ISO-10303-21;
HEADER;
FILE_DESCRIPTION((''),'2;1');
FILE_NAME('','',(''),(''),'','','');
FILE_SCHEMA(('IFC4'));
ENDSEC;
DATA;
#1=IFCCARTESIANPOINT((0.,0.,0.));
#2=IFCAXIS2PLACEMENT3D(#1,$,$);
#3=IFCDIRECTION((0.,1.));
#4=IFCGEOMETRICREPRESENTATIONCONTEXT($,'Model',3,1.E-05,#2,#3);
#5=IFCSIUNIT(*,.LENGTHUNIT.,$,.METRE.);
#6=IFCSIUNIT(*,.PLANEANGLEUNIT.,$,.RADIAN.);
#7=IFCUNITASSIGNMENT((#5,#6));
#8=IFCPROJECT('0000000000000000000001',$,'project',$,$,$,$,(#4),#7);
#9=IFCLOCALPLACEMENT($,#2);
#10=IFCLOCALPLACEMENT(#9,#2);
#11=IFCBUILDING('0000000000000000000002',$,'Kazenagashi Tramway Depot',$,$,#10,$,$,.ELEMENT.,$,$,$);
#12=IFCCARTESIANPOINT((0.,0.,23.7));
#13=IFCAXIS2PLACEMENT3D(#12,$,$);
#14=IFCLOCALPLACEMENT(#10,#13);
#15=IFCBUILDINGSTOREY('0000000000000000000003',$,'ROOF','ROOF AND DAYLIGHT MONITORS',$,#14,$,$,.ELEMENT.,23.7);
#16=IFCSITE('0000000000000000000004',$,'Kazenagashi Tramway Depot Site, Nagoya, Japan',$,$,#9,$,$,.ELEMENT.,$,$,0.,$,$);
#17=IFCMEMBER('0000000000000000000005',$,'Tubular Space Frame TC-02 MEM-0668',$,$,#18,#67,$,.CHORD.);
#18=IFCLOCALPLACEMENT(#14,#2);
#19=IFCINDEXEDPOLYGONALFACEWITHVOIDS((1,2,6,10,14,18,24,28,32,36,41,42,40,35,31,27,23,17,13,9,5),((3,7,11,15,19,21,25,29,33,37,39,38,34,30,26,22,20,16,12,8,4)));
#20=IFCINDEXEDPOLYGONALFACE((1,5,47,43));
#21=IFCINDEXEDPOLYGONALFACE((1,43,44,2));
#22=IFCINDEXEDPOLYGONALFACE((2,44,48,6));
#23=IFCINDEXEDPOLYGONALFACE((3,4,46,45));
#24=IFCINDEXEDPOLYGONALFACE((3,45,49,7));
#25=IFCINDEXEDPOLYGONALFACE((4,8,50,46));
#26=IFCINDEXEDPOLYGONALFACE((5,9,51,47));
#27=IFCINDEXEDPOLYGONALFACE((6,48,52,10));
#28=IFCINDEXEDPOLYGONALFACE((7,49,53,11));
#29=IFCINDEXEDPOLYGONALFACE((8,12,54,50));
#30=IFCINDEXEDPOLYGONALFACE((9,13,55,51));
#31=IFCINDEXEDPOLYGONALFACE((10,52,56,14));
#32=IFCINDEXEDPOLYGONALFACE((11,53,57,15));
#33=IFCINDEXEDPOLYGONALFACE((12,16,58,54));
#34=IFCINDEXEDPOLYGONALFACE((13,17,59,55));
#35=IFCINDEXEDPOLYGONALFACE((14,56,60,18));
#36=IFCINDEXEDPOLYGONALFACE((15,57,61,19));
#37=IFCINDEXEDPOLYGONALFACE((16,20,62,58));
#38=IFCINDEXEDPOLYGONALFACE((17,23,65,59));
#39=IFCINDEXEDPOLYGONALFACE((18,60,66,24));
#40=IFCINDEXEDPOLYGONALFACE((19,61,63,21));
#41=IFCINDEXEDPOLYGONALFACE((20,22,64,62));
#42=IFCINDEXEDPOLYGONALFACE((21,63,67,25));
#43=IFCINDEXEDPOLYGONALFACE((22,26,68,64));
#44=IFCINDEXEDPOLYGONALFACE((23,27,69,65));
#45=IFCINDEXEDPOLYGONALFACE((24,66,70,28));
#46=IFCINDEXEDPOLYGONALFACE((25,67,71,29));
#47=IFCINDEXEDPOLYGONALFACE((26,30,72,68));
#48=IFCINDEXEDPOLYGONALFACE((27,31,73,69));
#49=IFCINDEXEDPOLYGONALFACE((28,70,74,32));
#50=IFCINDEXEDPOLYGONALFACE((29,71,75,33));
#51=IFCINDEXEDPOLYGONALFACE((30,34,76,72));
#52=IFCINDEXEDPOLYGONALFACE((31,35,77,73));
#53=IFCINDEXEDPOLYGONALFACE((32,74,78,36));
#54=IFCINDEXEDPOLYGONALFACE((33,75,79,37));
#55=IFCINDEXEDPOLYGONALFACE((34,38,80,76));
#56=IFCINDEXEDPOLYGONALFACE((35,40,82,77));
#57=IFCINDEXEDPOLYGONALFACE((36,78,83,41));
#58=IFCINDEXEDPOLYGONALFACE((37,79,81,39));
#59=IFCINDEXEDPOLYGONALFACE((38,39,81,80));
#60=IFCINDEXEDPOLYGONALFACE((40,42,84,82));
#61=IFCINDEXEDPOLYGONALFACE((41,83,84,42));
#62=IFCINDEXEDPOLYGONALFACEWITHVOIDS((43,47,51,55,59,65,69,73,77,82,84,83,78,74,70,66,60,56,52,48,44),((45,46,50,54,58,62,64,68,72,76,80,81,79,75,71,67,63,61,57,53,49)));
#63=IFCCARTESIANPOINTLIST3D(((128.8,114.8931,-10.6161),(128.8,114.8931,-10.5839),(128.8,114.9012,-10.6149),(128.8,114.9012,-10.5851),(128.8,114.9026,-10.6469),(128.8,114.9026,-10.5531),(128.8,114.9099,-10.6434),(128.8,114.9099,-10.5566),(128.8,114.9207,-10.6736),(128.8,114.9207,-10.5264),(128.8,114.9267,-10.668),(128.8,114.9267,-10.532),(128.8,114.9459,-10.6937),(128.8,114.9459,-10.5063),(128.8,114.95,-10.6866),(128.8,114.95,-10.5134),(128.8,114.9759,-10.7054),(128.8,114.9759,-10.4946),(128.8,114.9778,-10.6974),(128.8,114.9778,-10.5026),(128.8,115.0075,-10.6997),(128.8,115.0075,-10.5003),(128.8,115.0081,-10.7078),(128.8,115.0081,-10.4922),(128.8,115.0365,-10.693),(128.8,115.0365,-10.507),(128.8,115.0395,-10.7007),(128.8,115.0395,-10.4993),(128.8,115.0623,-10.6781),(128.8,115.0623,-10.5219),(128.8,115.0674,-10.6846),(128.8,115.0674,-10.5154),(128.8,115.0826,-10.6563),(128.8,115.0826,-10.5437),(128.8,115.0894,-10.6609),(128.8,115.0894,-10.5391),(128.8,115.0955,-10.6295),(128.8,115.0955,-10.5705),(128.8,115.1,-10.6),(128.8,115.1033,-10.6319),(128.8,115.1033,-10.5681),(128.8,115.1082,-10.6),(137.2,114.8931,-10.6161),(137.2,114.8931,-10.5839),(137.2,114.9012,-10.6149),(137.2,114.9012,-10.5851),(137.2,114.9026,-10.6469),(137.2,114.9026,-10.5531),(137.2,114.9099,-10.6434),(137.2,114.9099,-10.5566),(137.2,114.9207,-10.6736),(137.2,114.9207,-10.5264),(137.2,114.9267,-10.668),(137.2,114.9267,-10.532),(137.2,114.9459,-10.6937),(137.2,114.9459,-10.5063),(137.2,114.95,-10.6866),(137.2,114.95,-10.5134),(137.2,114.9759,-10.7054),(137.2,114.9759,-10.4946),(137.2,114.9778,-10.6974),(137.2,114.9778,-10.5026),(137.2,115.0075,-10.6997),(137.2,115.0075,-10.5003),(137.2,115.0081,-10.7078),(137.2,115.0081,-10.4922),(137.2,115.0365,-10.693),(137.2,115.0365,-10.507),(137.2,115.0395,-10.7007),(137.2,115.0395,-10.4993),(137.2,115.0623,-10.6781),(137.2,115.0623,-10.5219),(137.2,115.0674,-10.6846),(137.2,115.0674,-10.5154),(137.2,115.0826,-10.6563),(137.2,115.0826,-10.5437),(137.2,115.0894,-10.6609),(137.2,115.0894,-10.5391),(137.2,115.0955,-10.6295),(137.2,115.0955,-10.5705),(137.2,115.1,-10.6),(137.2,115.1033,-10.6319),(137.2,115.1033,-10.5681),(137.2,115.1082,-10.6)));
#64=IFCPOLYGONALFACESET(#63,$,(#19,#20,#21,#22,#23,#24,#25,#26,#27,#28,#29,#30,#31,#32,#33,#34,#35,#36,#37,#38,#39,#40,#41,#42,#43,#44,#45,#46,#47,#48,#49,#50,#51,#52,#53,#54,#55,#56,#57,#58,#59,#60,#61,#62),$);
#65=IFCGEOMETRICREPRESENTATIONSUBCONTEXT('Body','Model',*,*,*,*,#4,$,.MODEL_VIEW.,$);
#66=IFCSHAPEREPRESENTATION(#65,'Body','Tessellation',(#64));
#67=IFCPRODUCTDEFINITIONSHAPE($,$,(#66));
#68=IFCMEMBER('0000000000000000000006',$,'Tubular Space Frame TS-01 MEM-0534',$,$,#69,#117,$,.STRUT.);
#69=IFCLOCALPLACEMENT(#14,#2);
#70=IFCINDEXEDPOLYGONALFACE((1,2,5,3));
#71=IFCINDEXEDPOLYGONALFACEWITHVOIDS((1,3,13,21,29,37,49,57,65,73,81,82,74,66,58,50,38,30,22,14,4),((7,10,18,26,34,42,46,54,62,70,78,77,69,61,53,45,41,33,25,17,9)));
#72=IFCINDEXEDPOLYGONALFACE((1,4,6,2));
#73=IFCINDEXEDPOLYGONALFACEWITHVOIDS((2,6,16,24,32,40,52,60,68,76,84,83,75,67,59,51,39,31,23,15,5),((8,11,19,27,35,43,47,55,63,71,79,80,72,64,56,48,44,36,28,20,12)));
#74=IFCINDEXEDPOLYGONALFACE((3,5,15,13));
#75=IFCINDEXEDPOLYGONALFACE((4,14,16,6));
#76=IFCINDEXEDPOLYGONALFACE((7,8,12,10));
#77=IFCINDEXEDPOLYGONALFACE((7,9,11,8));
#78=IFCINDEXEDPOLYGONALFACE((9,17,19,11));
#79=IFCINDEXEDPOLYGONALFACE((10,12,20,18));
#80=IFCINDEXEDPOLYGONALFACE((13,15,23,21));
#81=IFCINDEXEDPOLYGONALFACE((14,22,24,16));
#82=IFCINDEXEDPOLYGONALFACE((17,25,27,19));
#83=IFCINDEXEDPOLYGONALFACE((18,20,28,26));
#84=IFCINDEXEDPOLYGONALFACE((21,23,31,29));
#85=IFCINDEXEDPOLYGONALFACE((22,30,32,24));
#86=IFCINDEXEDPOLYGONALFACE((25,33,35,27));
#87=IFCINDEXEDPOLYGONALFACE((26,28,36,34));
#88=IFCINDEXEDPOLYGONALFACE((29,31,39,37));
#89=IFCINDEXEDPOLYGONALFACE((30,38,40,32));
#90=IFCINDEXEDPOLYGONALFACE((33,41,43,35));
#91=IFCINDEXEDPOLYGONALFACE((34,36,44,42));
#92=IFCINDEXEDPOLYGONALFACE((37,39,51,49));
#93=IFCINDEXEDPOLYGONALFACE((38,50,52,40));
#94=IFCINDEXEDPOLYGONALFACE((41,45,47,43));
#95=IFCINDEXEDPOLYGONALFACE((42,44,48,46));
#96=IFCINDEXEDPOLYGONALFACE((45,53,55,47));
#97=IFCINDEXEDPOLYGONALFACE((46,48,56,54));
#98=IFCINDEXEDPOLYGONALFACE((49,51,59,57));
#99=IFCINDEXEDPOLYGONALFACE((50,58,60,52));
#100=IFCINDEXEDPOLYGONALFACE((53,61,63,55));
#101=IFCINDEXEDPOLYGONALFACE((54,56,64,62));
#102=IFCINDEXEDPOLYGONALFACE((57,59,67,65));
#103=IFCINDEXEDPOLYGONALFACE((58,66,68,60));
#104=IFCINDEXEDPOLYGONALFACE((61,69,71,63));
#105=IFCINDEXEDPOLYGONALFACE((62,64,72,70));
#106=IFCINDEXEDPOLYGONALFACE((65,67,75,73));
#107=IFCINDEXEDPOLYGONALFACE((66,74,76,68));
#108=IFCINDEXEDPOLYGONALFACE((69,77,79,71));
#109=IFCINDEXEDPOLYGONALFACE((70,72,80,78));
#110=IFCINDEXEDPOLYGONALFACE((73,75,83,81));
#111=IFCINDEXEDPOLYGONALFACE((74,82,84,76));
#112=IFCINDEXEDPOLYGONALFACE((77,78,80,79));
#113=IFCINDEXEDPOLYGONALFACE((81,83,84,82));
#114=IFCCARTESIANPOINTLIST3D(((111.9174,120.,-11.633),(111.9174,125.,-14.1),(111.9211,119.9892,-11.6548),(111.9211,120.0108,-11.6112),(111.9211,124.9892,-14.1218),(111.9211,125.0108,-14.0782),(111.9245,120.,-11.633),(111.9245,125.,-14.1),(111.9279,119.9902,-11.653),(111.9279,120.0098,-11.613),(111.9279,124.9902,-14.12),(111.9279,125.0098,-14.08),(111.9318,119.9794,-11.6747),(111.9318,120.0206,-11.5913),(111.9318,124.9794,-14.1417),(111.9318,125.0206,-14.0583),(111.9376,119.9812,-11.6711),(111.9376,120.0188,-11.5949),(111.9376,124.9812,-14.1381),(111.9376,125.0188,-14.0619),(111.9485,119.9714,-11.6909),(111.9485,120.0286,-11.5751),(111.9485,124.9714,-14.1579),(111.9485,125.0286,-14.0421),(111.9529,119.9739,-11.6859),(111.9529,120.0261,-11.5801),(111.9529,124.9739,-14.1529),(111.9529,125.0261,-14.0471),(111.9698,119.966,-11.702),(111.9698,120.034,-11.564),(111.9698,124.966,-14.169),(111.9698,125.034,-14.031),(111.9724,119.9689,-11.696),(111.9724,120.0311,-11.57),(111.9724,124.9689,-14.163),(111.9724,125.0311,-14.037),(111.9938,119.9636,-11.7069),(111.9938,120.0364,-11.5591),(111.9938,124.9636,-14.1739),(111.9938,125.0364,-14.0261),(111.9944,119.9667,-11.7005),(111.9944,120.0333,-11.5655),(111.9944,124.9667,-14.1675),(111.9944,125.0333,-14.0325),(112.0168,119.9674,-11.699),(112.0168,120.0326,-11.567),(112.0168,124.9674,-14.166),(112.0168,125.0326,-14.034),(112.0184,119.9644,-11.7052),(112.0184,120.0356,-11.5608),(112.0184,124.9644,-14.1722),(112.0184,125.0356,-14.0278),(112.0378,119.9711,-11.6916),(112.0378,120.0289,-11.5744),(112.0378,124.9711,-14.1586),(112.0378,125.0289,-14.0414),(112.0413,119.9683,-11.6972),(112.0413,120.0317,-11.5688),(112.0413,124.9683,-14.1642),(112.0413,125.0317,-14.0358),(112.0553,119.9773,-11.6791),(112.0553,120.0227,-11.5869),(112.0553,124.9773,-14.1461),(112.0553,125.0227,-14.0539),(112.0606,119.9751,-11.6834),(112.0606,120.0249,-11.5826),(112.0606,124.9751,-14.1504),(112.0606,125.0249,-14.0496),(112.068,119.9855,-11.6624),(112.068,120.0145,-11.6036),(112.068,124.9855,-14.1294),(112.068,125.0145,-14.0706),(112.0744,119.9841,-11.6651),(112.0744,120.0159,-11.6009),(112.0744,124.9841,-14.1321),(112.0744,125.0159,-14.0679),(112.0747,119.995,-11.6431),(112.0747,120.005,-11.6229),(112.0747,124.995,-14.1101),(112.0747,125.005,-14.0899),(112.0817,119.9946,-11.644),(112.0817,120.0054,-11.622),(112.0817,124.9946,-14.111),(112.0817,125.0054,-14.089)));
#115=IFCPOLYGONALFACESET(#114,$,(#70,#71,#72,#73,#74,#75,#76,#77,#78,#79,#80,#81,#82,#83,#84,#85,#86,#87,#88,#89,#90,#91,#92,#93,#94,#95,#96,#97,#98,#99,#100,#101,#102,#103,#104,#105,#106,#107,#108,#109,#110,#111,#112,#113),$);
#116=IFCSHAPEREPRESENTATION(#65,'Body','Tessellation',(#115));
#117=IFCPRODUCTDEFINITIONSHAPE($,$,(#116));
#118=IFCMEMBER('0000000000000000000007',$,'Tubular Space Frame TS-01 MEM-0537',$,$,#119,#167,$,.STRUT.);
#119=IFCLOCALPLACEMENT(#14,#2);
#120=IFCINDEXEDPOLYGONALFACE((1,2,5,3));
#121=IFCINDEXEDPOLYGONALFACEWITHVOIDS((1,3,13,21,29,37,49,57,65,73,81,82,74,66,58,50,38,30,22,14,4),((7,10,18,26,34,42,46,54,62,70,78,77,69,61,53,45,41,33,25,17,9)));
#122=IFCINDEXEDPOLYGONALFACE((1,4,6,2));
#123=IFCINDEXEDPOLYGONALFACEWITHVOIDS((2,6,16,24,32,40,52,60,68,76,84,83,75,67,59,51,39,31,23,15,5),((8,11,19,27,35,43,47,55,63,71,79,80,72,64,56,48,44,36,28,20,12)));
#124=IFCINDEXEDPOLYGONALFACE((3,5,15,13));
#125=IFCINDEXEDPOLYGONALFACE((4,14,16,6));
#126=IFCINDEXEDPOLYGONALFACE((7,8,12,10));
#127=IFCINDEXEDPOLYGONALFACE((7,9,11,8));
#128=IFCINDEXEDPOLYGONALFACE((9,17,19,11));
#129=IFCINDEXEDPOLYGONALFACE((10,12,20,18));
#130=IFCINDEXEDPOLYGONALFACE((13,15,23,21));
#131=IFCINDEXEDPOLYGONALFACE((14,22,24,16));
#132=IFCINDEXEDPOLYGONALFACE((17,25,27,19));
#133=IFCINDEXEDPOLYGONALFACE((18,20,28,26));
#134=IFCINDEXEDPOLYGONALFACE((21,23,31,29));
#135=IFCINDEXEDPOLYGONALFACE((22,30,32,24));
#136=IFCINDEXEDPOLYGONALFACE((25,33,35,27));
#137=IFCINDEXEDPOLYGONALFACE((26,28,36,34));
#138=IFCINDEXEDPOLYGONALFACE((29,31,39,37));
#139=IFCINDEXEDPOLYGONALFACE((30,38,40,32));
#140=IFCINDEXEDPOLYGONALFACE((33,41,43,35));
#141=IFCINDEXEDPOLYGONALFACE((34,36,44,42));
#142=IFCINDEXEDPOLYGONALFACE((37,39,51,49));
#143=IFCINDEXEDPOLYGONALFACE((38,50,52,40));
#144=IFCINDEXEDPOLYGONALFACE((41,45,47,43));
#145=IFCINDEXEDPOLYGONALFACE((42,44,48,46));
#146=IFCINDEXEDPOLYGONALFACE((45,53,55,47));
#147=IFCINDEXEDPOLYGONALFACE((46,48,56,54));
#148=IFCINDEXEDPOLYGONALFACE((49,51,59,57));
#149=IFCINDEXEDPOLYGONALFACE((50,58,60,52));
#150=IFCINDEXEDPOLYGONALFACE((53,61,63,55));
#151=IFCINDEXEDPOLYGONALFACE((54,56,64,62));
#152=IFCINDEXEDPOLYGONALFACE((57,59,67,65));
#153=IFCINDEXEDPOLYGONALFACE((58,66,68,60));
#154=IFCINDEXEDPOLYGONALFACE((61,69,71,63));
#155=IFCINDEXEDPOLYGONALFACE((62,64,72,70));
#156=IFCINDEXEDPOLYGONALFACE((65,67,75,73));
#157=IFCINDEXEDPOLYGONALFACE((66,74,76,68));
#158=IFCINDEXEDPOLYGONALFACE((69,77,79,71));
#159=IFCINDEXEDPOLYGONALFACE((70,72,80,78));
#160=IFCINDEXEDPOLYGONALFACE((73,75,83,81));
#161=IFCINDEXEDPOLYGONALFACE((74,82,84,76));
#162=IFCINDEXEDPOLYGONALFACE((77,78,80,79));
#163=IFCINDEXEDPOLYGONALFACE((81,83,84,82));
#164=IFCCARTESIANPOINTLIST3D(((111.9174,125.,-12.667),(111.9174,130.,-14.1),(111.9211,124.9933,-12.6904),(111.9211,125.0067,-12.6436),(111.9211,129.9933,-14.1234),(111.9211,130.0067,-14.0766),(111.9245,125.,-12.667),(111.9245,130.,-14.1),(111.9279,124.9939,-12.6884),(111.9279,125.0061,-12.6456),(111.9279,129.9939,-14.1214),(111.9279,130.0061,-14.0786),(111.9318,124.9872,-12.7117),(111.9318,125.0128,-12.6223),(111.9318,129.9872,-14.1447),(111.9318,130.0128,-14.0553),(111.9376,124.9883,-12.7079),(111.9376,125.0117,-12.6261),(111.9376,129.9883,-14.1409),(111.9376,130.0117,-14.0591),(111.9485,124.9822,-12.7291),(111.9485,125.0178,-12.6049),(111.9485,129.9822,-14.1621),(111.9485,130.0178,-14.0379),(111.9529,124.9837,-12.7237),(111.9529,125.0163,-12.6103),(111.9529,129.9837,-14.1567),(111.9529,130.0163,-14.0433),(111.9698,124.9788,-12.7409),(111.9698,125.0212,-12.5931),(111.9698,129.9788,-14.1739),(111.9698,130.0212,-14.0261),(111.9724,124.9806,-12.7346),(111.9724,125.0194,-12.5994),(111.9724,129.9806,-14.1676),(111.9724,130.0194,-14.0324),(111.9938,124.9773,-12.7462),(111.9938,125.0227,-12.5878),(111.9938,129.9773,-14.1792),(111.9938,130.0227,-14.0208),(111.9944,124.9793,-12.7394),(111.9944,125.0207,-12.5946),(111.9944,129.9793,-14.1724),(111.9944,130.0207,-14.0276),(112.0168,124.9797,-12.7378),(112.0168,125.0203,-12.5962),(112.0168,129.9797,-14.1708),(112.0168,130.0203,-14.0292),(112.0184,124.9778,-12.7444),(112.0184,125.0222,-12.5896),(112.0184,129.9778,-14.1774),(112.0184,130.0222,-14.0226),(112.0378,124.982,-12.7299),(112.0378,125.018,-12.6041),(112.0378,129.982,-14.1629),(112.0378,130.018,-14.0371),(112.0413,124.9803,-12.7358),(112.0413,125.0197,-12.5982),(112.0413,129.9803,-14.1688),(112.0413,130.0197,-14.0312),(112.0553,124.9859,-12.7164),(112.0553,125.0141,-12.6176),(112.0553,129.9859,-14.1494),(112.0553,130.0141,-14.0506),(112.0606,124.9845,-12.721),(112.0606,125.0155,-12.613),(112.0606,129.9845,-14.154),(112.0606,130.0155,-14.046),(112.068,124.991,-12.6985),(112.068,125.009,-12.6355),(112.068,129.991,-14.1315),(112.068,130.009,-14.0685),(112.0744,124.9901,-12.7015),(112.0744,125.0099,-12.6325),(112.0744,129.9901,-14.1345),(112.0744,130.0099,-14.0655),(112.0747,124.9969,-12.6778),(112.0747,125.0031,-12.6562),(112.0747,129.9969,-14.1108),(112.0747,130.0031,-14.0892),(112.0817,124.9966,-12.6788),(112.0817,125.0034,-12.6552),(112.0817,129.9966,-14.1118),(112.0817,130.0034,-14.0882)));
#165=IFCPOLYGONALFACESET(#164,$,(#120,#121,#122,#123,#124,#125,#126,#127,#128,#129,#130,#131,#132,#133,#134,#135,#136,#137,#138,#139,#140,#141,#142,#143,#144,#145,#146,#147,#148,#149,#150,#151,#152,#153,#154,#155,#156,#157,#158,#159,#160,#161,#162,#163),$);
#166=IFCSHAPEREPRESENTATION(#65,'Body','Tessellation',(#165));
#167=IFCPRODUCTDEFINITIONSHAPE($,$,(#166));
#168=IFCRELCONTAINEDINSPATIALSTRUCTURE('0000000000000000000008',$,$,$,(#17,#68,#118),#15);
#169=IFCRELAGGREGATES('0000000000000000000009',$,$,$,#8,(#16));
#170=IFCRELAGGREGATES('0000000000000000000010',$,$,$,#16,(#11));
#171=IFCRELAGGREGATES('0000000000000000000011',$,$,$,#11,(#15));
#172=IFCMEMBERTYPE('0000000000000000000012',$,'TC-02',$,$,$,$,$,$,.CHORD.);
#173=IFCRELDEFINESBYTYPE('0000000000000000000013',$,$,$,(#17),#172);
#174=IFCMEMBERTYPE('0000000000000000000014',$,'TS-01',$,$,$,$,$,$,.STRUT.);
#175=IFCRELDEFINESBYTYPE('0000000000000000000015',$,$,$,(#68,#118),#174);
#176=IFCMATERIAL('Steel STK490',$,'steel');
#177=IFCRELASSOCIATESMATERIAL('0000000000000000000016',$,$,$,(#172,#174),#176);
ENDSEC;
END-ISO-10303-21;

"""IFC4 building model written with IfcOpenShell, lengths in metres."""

from ifc_helpers import new_model, si_unit, direction, frame, origin, origin_2d, place, context, subcontext, project, spatial, hollow_circle, extrude, material, material_profile, profile_set, type_object, element, save


model = new_model("IFC4")

# Units and contexts
model_context = context("Model", 3, precision=1e-05, world=origin(), true_north=direction((0.0, 1.0)))
body_context = subcontext(model_context, "Body", "Model", "MODEL_VIEW")
ifc_project = project(units=[si_unit("LENGTHUNIT", "METRE"), si_unit("PLANEANGLEUNIT", "RADIAN")], contexts=[model_context])

# Site, building, storey
site_placement = place(None, origin())
site = spatial("IfcSite", under=ifc_project, at=site_placement, Name="Kazenagashi Tramway Depot Site, Nagoya, Japan", CompositionType="ELEMENT", RefElevation=0.0)
building_placement = place(site_placement, origin())
building = spatial("IfcBuilding", under=site, at=building_placement, Name="Kazenagashi Tramway Depot", CompositionType="ELEMENT")
storey_placement = place(building_placement, frame((0.0, 0.0, 23.7)))
storey = spatial("IfcBuildingStorey", under=building, at=storey_placement, Name="ROOF", Description="ROOF AND DAYLIGHT MONITORS", CompositionType="ELEMENT", Elevation=23.7)

# Members
ifc_material_1 = material(Name="Steel STK490", Category="steel")
ifc_material_profile_1 = material_profile(ifc_material_1, hollow_circle(Radius=0.1081, WallThickness=0.0082, at=origin_2d()), Name="CHS-216.3x8.2")
ifc_profile_set_1 = profile_set([ifc_material_profile_1], Name="Steel STK490")
member_type_1 = type_object("IfcMemberType", Name="TC-02", PredefinedType="CHORD", material=ifc_profile_set_1)
for number, where, z_axis, x_axis, name in (
    (1, (128.8, 115.0, -10.6), (1.0, 0.0, 0.0), (0.0, 1.0, 0.0), "Tubular Space Frame TC-02 MEM-0668"),
):
    element("IfcMember", number, at=place(storey_placement, frame(where, z_axis=z_axis, x_axis=x_axis)), inside=storey, type_object=member_type_1, Name=name, PredefinedType="CHORD", context=body_context, shape_type="SweptSolid", body=[
        extrude(hollow_circle(Radius=0.1081, WallThickness=0.0082, at=origin_2d()), origin(), (0.0, 0.0, 1.0), 8.4),
    ])
ifc_material_profile_2 = material_profile(ifc_material_1, hollow_circle(Radius=0.0826, WallThickness=0.0071, at=origin_2d()), Name="CHS-165.2x7.1")
ifc_profile_set_2 = profile_set([ifc_material_profile_2], Name="Steel STK490")
member_type_2 = type_object("IfcMemberType", Name="TS-01", PredefinedType="STRUT", material=ifc_profile_set_2)
member_1_placement = place(storey_placement, frame((112.0, 120.0, -11.633), z_axis=(0.0, 0.896782, -0.442472), x_axis=(-1.0, 0.0, 0.0)))
element("IfcMember", 2, at=member_1_placement, inside=storey, type_object=member_type_2, Name="Tubular Space Frame TS-01 MEM-0534", PredefinedType="STRUT", context=body_context, shape_type="SweptSolid", body=[
    extrude(hollow_circle(Radius=0.0826, WallThickness=0.0071, at=origin_2d()), origin(), (0.0, 0.0, 1.0), 5.5755),
])
member_2_placement = place(storey_placement, frame((112.0, 125.0, -12.667), z_axis=(0.0, 0.961299, -0.275508), x_axis=(-1.0, 0.0, 0.0)))
element("IfcMember", 3, at=member_2_placement, inside=storey, type_object=member_type_2, Name="Tubular Space Frame TS-01 MEM-0537", PredefinedType="STRUT", context=body_context, shape_type="SweptSolid", body=[
    extrude(hollow_circle(Radius=0.0826, WallThickness=0.0071, at=origin_2d()), origin(), (0.0, 0.0, 1.0), 5.2013),
])

save(model, "model.ifc")
